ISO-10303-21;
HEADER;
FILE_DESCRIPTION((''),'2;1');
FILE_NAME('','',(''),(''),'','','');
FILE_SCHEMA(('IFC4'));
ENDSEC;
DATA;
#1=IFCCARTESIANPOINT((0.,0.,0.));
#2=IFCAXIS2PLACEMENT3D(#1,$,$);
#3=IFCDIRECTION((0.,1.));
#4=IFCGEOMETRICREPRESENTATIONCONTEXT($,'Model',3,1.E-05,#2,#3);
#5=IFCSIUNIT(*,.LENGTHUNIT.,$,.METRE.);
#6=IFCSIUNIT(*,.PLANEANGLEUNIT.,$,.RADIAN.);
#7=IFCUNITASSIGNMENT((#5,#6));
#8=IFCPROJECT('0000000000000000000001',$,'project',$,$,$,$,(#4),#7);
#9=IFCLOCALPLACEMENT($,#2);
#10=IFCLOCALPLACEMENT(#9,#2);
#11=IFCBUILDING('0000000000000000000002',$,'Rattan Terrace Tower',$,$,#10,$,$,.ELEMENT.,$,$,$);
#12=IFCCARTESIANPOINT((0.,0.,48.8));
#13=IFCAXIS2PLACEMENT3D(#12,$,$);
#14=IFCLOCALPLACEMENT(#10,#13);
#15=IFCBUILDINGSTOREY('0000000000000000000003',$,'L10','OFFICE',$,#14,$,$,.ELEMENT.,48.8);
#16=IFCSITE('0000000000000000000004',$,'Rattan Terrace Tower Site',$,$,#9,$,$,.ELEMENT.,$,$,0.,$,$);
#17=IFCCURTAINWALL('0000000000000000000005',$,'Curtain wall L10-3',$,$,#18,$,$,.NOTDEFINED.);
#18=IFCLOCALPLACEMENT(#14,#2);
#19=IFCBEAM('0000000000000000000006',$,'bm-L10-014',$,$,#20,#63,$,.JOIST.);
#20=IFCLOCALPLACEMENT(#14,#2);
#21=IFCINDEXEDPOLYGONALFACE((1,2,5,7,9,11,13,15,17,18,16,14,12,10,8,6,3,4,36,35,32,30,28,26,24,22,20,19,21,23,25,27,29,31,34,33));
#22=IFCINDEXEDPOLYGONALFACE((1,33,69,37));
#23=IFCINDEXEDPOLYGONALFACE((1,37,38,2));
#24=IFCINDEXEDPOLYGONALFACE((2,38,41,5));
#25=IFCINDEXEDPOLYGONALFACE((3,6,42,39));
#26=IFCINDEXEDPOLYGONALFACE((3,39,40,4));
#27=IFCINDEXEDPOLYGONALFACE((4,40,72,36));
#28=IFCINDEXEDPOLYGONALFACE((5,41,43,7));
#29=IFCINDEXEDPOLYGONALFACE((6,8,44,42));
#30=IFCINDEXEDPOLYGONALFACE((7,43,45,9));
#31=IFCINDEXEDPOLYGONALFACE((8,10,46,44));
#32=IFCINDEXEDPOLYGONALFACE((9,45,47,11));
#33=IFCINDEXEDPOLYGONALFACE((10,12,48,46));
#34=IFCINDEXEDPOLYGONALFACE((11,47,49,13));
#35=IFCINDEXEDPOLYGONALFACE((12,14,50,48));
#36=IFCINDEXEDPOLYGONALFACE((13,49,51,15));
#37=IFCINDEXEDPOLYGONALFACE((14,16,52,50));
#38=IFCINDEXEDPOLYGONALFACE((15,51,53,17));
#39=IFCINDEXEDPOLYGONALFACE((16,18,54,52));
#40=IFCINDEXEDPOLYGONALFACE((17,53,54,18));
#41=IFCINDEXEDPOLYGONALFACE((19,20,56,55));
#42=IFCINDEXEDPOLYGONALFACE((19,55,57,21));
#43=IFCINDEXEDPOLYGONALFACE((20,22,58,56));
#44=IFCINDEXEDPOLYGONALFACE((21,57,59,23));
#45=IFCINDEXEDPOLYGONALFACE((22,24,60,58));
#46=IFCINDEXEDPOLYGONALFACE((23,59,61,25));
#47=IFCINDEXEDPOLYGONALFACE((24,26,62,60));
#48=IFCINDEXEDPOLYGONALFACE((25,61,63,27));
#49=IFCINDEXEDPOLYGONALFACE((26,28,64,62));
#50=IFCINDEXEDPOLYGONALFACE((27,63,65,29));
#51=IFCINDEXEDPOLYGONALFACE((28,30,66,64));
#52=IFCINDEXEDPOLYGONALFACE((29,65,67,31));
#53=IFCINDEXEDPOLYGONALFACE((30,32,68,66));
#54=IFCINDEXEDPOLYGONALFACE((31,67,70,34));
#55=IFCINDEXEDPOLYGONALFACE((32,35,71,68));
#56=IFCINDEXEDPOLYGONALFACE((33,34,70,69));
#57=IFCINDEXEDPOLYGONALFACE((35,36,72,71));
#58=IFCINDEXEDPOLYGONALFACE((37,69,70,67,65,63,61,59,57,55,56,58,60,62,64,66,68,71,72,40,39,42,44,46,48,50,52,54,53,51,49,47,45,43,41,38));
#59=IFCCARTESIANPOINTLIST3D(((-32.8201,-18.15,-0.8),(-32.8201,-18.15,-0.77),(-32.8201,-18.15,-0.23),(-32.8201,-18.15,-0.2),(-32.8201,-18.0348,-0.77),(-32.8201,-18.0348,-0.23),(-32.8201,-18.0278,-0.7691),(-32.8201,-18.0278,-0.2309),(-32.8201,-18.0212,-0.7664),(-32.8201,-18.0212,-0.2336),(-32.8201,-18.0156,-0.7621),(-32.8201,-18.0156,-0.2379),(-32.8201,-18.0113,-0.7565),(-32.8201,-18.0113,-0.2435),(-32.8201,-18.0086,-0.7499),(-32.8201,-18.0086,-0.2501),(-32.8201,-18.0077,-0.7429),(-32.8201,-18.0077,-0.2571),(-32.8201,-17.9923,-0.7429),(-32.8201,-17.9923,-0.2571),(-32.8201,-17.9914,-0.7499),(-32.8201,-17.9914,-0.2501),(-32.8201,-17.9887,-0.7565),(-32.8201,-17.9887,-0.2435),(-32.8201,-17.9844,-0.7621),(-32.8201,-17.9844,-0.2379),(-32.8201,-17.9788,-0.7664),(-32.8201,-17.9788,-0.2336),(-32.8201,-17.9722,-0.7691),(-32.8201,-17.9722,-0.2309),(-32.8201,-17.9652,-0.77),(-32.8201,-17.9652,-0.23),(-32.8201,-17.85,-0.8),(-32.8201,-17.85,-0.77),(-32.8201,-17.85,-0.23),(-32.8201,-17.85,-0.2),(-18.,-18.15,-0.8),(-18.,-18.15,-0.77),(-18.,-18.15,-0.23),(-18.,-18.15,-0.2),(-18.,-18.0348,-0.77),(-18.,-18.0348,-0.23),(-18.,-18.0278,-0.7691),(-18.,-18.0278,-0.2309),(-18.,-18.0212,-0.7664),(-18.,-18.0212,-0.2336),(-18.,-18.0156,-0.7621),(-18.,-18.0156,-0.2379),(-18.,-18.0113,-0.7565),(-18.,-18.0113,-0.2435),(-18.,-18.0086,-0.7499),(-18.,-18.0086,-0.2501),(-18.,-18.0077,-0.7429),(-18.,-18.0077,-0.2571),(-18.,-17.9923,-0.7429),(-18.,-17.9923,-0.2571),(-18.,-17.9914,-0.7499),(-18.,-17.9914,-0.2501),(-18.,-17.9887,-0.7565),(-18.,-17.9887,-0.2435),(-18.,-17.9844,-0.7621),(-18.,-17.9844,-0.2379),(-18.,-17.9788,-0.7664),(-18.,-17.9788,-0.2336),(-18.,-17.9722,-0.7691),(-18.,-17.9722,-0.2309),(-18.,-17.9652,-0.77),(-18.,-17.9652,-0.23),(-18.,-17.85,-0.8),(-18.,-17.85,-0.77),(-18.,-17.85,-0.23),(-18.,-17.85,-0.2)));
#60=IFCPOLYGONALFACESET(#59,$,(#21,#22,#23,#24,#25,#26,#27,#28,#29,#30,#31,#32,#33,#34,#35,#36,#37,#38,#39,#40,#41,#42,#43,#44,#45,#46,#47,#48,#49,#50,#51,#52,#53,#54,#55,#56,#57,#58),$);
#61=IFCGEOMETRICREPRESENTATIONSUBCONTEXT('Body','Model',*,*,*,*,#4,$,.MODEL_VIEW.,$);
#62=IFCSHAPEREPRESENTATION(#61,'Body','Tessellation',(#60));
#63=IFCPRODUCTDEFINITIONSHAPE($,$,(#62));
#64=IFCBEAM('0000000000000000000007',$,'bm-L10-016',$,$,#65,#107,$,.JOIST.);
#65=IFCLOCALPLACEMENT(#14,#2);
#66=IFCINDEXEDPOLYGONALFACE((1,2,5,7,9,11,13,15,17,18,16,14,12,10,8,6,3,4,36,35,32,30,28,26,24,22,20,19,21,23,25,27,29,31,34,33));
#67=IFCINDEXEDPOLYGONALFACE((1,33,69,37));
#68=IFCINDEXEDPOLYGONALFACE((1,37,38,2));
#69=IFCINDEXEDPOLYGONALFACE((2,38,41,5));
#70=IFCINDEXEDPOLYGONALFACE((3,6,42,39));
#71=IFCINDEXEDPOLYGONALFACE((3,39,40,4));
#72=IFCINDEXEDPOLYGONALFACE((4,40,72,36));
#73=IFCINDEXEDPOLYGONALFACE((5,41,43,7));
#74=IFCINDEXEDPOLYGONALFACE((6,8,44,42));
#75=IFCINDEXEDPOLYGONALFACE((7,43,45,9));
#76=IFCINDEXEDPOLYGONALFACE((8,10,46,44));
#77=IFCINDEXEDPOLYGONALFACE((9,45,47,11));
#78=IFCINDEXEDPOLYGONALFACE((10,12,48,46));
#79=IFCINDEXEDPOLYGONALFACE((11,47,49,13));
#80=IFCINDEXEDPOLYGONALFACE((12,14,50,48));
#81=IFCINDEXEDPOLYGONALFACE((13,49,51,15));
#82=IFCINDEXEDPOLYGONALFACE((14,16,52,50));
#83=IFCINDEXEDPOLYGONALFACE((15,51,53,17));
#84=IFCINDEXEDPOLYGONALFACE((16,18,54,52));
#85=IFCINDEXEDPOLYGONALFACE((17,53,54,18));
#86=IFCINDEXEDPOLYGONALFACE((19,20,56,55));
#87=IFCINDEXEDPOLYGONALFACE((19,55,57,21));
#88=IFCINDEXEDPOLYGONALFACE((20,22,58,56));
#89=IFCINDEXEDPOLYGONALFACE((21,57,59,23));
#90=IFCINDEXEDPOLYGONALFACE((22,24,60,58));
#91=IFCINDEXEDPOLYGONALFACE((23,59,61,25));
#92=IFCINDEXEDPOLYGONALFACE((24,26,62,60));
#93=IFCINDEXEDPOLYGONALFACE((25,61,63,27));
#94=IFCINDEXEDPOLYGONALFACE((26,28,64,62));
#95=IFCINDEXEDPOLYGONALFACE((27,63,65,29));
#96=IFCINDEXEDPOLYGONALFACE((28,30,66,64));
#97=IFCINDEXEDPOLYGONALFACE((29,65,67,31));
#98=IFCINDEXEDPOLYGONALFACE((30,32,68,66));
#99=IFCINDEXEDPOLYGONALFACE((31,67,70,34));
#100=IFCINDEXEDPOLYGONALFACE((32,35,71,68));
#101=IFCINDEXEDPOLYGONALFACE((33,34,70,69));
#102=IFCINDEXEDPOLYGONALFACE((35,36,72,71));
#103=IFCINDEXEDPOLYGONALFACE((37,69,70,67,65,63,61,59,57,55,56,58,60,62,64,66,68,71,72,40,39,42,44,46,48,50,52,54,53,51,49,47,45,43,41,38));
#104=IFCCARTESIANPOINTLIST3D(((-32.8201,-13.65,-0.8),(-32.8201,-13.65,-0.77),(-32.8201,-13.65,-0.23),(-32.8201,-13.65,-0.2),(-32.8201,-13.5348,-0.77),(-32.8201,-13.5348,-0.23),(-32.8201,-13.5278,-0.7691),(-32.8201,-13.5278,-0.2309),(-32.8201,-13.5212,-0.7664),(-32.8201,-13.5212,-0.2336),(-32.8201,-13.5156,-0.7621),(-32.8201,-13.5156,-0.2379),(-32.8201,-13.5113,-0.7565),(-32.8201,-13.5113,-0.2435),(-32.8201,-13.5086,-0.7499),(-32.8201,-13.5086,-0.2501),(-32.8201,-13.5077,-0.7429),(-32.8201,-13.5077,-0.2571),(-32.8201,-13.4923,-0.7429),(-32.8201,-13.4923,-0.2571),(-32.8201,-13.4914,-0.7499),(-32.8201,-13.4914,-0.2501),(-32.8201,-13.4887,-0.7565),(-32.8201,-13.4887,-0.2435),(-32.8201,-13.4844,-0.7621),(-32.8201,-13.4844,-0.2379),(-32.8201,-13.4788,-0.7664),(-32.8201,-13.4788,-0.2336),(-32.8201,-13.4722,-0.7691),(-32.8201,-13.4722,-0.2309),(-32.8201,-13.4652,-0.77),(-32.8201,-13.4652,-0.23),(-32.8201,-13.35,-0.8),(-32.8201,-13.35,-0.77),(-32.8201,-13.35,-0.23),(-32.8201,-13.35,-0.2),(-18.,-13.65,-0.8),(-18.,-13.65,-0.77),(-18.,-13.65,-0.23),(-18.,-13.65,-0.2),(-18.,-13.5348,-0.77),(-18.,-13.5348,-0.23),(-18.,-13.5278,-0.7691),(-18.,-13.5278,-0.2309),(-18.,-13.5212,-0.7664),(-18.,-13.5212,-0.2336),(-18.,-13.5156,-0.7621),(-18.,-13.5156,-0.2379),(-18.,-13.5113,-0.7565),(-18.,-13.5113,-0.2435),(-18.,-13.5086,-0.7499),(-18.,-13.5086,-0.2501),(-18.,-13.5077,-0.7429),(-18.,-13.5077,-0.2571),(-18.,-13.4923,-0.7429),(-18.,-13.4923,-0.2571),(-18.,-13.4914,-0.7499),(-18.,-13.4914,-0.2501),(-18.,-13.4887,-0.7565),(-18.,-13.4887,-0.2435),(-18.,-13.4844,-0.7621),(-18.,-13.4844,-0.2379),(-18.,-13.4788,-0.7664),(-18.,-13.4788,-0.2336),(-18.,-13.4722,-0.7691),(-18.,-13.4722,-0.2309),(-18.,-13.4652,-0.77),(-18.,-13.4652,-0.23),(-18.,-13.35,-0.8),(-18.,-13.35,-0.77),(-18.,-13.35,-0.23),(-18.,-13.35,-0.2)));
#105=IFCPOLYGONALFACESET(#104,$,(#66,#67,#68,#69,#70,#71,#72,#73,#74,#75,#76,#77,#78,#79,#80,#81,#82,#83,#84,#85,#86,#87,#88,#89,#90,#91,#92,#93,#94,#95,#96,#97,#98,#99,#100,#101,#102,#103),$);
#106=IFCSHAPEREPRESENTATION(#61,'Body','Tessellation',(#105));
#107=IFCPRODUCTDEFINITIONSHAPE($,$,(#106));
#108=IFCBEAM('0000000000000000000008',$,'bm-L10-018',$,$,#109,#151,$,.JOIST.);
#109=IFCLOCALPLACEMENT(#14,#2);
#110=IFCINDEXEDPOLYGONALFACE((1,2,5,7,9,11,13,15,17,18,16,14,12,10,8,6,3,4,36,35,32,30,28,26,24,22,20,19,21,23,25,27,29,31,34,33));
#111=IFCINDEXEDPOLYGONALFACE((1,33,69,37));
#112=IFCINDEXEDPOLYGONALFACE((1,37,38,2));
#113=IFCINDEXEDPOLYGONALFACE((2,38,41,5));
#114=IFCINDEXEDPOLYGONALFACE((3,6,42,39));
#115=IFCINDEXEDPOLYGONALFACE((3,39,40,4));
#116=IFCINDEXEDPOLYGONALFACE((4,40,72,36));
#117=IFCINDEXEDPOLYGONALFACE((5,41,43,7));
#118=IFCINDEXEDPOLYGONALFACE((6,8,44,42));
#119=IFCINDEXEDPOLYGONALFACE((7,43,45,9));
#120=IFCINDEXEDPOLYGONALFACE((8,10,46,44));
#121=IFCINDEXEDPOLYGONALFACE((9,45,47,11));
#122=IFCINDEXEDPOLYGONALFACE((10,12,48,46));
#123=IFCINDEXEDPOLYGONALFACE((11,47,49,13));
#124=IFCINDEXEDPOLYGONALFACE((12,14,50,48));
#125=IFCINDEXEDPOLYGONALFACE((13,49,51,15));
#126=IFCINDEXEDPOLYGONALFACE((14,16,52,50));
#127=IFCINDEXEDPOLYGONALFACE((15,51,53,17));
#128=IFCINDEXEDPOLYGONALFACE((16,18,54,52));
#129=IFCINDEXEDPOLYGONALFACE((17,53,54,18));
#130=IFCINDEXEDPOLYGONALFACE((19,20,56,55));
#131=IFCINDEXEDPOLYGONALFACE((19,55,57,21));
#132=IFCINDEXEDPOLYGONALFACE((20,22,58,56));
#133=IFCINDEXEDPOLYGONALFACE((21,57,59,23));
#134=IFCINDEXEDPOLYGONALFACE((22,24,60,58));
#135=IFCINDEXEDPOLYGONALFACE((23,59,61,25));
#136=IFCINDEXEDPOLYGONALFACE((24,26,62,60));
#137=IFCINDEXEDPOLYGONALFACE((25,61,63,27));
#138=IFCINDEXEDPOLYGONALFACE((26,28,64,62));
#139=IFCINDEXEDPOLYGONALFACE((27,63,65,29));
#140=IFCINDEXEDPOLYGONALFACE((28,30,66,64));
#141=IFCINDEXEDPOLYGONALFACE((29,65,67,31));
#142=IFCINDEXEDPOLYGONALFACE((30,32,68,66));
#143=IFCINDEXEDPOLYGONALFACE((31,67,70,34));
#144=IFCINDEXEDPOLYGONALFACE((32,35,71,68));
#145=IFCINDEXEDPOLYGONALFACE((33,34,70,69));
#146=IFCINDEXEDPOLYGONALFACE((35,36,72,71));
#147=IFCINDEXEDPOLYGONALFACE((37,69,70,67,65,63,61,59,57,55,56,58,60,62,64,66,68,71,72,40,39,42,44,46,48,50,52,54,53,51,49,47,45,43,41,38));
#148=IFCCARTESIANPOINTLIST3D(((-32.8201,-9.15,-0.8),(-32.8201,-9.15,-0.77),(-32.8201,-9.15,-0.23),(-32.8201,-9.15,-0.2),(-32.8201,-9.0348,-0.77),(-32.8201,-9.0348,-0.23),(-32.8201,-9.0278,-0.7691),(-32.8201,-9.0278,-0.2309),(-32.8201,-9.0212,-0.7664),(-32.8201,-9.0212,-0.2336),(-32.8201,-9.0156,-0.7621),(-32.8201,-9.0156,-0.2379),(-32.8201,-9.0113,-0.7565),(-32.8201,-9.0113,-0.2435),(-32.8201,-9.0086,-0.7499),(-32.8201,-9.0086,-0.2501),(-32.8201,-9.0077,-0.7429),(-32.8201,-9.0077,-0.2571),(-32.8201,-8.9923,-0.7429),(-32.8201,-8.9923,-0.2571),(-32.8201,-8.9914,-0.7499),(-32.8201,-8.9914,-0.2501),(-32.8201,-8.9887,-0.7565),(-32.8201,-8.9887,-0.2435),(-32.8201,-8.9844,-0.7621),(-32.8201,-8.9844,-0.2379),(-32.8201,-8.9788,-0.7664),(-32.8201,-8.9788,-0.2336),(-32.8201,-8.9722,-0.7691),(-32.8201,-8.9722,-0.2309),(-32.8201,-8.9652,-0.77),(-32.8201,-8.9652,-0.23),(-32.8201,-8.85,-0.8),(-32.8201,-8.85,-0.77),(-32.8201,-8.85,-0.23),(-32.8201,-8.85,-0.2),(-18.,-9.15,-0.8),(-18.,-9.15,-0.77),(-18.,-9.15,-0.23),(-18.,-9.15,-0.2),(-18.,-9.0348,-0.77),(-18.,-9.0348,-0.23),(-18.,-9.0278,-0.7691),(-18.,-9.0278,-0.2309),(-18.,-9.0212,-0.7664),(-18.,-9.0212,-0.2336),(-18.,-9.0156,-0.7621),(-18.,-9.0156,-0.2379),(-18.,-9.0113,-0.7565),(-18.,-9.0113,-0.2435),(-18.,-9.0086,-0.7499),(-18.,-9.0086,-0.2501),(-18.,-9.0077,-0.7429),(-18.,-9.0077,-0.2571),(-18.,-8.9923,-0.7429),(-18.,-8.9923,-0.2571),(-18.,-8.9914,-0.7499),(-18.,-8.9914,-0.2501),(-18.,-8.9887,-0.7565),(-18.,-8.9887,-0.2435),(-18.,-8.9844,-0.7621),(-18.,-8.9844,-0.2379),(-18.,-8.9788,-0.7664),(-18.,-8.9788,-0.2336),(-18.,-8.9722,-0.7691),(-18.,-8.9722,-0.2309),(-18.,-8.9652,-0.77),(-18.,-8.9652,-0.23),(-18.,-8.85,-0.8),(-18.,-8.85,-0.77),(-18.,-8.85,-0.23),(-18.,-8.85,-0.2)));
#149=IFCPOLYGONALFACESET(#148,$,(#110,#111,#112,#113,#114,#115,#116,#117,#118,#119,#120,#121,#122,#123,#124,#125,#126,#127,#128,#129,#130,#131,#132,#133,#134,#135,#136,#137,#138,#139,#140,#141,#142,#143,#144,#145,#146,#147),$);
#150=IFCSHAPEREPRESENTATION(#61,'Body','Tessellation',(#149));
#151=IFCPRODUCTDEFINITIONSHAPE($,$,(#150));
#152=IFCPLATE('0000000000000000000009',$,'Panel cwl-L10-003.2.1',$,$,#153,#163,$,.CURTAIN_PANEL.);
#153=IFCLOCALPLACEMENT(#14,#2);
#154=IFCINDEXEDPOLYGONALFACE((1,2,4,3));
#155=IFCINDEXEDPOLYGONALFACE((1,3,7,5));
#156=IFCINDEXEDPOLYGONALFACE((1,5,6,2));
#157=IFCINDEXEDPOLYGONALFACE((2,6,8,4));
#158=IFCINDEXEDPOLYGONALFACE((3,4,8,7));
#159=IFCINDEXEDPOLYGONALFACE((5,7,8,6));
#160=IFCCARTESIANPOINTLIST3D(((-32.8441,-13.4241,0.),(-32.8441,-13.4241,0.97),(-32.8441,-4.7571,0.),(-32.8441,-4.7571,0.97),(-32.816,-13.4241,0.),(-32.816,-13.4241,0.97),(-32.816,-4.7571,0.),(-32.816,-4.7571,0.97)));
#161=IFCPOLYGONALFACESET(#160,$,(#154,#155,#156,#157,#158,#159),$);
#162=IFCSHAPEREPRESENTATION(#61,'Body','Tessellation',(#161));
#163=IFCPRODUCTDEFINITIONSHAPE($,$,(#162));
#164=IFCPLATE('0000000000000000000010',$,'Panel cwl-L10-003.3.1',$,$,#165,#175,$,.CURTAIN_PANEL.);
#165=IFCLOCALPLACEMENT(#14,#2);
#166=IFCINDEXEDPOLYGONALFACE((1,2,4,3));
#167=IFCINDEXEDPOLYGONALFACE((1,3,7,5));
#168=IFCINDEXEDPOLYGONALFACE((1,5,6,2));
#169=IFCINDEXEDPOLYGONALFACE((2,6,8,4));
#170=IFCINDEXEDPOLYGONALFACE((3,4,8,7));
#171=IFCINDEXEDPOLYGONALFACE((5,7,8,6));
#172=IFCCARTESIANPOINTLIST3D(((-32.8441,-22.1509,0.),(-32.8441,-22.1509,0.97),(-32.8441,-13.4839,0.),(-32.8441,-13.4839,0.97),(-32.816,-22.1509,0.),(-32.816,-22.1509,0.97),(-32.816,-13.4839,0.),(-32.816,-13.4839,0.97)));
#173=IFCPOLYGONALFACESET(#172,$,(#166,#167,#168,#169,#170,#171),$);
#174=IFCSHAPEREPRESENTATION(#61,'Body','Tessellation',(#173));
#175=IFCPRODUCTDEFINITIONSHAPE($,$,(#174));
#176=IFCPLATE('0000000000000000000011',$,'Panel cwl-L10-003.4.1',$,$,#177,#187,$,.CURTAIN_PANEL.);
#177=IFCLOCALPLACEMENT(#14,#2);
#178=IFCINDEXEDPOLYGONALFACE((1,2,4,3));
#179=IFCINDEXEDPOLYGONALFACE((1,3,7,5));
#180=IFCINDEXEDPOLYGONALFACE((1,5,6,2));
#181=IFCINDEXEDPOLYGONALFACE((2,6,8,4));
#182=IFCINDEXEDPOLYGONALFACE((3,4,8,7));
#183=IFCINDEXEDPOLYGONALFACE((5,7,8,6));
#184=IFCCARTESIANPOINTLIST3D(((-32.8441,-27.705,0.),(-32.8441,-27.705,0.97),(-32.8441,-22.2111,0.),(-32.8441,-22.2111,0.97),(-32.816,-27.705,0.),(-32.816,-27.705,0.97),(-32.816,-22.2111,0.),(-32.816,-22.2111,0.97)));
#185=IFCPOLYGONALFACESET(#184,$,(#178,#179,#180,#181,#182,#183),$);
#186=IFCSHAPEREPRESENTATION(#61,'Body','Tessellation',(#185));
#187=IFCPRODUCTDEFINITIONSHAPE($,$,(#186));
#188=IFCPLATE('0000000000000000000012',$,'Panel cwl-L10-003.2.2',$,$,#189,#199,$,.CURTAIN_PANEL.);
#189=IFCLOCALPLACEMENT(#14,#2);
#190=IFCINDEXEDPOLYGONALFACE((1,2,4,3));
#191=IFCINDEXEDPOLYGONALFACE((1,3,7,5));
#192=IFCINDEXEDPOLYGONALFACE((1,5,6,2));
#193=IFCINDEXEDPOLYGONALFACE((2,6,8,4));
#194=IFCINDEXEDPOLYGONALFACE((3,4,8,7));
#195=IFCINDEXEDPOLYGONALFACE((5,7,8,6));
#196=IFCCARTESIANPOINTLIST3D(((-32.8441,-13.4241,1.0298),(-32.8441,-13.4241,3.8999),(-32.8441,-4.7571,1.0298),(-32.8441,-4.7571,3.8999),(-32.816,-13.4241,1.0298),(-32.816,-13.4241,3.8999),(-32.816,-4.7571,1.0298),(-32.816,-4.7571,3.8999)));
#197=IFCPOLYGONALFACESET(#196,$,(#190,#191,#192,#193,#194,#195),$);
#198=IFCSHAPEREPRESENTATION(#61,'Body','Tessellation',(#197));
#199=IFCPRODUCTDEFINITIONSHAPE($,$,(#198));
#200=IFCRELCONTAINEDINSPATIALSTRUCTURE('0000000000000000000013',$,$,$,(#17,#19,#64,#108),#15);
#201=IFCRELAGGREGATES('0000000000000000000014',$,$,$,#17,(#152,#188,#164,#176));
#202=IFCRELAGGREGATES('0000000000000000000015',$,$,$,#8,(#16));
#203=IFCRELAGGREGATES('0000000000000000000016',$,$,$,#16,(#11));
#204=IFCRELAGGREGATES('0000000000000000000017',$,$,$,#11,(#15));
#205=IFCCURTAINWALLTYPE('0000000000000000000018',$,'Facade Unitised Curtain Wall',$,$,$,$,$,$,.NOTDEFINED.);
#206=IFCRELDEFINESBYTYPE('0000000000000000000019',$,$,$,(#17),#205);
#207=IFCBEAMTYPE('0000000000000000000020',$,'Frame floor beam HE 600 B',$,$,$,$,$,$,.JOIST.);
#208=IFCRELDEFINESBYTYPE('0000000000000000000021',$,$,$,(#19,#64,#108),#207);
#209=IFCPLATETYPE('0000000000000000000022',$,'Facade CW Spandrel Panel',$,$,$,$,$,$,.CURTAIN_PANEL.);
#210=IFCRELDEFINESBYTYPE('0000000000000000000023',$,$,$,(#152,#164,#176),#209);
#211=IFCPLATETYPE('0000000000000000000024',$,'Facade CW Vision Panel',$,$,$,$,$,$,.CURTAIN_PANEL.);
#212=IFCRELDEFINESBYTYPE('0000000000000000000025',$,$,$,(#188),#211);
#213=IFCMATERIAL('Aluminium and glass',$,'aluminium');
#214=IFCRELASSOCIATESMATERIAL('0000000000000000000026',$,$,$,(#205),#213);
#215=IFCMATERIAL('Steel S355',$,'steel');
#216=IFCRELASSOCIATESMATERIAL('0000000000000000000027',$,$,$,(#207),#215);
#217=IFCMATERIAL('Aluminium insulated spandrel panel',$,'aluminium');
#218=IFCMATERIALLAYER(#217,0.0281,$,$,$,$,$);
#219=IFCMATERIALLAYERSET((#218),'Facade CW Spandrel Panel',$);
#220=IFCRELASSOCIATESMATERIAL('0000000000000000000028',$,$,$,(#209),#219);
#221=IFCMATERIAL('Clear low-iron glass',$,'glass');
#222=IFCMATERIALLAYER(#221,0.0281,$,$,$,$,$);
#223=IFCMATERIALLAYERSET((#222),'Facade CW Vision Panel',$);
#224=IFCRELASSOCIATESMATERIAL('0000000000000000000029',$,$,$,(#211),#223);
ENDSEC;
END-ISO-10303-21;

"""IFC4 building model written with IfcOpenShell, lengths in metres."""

from ifc_helpers import new_model, si_unit, direction, frame, origin, origin_2d, place, context, subcontext, project, spatial, rectangle, i_section, extrude, material, layer, layer_set, material_profile, profile_set, type_object, element, aggregate, save


model = new_model("IFC4")

# Units and contexts
model_context = context("Model", 3, precision=1e-05, world=origin(), true_north=direction((0.0, 1.0)))
body_context = subcontext(model_context, "Body", "Model", "MODEL_VIEW")
ifc_project = project(units=[si_unit("LENGTHUNIT", "METRE"), si_unit("PLANEANGLEUNIT", "RADIAN")], contexts=[model_context])

# Site, building, storey
site_placement = place(None, origin())
site = spatial("IfcSite", under=ifc_project, at=site_placement, Name="Rattan Terrace Tower Site", CompositionType="ELEMENT", RefElevation=0.0)
building_placement = place(site_placement, origin())
building = spatial("IfcBuilding", under=site, at=building_placement, Name="Rattan Terrace Tower", CompositionType="ELEMENT")
storey_placement = place(building_placement, frame((0.0, 0.0, 48.8)))
storey = spatial("IfcBuildingStorey", under=building, at=storey_placement, Name="L10", Description="OFFICE", CompositionType="ELEMENT", Elevation=48.8)

# Curtain wall
ifc_material_1 = material(Name="Aluminium and glass", Category="aluminium")
curtain_wall_type = type_object("IfcCurtainWallType", Name="Facade Unitised Curtain Wall", PredefinedType="NOTDEFINED", material=ifc_material_1)
curtain_wall_placement = place(storey_placement, origin())
curtain_wall = element("IfcCurtainWall", 1, at=curtain_wall_placement, inside=storey, type_object=curtain_wall_type, Name="Curtain wall L10-3", PredefinedType="NOTDEFINED")

# Beams
ifc_material_2 = material(Name="Steel S355", Category="steel")
ifc_material_profile_1 = material_profile(ifc_material_2, i_section(OverallWidth=0.3, OverallDepth=0.6001, WebThickness=0.0154, FlangeThickness=0.03, FilletRadius=0.0271, at=origin_2d()), Name="HE 600 B")
ifc_profile_set_1 = profile_set([ifc_material_profile_1], Name="Steel S355")
beam_type_1 = type_object("IfcBeamType", Name="Frame floor beam HE 600 B", PredefinedType="JOIST", material=ifc_profile_set_1)
for number, where, z_axis, x_axis, name in (
    (2, (-32.8201, -18.0, -0.5), (1.0, 0.0, 0.0), (0.0, 1.0, 0.0), "bm-L10-014"),
    (3, (-32.8201, -13.5, -0.5), (1.0, 0.0, 0.0), (0.0, 1.0, 0.0), "bm-L10-016"),
    (4, (-32.8201, -9.0, -0.5), (1.0, 0.0, 0.0), (0.0, 1.0, 0.0), "bm-L10-018"),
):
    element("IfcBeam", number, at=place(storey_placement, frame(where, z_axis=z_axis, x_axis=x_axis)), inside=storey, type_object=beam_type_1, Name=name, PredefinedType="JOIST", context=body_context, shape_type="SweptSolid", body=[
        extrude(i_section(OverallWidth=0.3, OverallDepth=0.6001, WebThickness=0.0154, FlangeThickness=0.03, FilletRadius=0.0271, at=origin_2d()), origin(), (0.0, 0.0, 1.0), 14.8201),
    ])

# Plates
ifc_material_3 = material(Name="Aluminium insulated spandrel panel", Category="aluminium")
ifc_layer_1 = layer(ifc_material_3, 0.0281)
ifc_layer_set_1 = layer_set([ifc_layer_1], Name="Facade CW Spandrel Panel")
plate_type_1 = type_object("IfcPlateType", Name="Facade CW Spandrel Panel", PredefinedType="CURTAIN_PANEL", material=ifc_layer_set_1)
plate_1_placement = place(storey_placement, frame((-32.8301, -9.0906, 0.0), z_axis=(0.0, 0.0, 1.0), x_axis=(0.0, -1.0, 0.0)))
plate_1 = element("IfcPlate", 5, at=plate_1_placement, type_object=plate_type_1, Name="Panel cwl-L10-003.2.1", PredefinedType="CURTAIN_PANEL", context=body_context, shape_type="SweptSolid", body=[
    extrude(rectangle(XDim=8.667, YDim=0.0281, at=origin_2d()), origin(), (0.0, 0.0, 1.0), 0.97),
])
plate_2_placement = place(storey_placement, frame((-32.8301, -17.8174, 0.0), z_axis=(0.0, 0.0, 1.0), x_axis=(0.0, -1.0, 0.0)))
plate_2 = element("IfcPlate", 6, at=plate_2_placement, type_object=plate_type_1, Name="Panel cwl-L10-003.3.1", PredefinedType="CURTAIN_PANEL", context=body_context, shape_type="SweptSolid", body=[
    extrude(rectangle(XDim=8.667, YDim=0.0281, at=origin_2d()), origin(), (0.0, 0.0, 1.0), 0.97),
])
plate_3_placement = place(storey_placement, frame((-32.8301, -24.958, 0.0), z_axis=(0.0, 0.0, 1.0), x_axis=(0.0, -1.0, 0.0)))
plate_3 = element("IfcPlate", 7, at=plate_3_placement, type_object=plate_type_1, Name="Panel cwl-L10-003.4.1", PredefinedType="CURTAIN_PANEL", context=body_context, shape_type="SweptSolid", body=[
    extrude(rectangle(XDim=5.4939, YDim=0.0281, at=origin_2d()), origin(), (0.0, 0.0, 1.0), 0.97),
])
ifc_material_4 = material(Name="Clear low-iron glass", Category="glass")
ifc_layer_2 = layer(ifc_material_4, 0.0281)
ifc_layer_set_2 = layer_set([ifc_layer_2], Name="Facade CW Vision Panel")
plate_type_2 = type_object("IfcPlateType", Name="Facade CW Vision Panel", PredefinedType="CURTAIN_PANEL", material=ifc_layer_set_2)
plate_4_placement = place(storey_placement, frame((-32.8301, -9.0906, 1.0298), z_axis=(0.0, 0.0, 1.0), x_axis=(0.0, -1.0, 0.0)))
plate_4 = element("IfcPlate", 8, at=plate_4_placement, type_object=plate_type_2, Name="Panel cwl-L10-003.2.2", PredefinedType="CURTAIN_PANEL", context=body_context, shape_type="SweptSolid", body=[
    extrude(rectangle(XDim=8.667, YDim=0.0281, at=origin_2d()), origin(), (0.0, 0.0, 1.0), 2.8701),
])
aggregate(curtain_wall, [plate_1, plate_4, plate_2, plate_3])

save(model, "model.ifc")
